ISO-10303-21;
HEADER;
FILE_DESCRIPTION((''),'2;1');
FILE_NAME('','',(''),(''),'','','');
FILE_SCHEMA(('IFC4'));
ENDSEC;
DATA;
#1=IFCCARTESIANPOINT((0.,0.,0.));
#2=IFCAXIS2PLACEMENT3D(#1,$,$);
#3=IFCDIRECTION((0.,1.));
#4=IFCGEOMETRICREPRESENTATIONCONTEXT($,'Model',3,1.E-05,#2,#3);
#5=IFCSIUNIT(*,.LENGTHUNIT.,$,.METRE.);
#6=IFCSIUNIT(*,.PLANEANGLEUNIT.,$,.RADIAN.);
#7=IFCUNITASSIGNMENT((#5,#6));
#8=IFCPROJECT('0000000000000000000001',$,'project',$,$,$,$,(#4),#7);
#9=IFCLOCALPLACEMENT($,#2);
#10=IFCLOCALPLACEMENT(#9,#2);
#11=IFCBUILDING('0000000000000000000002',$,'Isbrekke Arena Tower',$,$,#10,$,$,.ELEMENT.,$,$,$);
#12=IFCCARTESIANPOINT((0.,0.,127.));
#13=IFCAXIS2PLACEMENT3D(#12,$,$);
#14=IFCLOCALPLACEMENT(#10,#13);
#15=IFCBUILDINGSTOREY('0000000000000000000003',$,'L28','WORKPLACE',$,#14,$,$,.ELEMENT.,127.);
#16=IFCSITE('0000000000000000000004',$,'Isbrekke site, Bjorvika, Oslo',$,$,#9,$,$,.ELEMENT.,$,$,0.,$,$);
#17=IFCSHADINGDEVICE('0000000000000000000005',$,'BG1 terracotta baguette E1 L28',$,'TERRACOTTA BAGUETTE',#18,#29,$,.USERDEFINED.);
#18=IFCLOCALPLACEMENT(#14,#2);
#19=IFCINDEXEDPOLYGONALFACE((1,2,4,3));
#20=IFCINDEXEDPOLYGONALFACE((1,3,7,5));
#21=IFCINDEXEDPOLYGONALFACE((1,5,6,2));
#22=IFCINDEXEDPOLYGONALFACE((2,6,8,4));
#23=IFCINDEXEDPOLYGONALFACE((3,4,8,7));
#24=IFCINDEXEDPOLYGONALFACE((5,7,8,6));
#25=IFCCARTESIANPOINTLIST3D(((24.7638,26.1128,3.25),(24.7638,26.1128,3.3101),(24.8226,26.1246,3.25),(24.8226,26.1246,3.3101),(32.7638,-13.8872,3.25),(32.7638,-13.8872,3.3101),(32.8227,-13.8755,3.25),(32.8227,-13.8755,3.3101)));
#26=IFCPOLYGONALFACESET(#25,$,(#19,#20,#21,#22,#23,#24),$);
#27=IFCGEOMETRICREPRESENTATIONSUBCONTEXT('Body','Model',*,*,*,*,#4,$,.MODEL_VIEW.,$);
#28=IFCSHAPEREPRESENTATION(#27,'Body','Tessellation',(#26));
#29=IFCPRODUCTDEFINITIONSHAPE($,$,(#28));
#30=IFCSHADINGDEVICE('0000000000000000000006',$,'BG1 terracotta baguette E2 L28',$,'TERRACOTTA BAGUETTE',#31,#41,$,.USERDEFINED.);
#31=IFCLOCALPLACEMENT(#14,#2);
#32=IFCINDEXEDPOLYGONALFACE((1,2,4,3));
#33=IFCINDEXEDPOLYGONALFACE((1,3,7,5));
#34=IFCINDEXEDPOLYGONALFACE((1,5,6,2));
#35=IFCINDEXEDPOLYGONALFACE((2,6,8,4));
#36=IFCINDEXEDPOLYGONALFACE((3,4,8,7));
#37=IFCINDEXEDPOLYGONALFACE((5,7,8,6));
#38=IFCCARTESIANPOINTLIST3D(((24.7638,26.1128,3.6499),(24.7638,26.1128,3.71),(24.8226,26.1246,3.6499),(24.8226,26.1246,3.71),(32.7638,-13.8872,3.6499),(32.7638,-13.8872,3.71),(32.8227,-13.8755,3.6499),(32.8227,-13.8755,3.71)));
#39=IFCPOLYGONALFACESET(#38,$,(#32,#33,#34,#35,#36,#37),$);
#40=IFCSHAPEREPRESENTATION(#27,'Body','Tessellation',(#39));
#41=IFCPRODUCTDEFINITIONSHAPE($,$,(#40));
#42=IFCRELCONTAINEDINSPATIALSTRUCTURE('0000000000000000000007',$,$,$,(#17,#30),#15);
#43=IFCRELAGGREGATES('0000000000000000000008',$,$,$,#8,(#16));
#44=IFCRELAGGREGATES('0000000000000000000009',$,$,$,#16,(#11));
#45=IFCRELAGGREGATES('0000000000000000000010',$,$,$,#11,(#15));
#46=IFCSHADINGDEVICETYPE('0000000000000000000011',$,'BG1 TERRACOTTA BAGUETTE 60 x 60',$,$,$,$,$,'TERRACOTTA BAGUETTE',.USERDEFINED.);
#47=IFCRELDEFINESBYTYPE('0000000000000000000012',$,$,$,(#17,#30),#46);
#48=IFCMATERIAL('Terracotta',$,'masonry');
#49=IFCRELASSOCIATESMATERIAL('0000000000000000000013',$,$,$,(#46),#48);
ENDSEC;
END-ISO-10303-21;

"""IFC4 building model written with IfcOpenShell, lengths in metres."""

from ifc_helpers import new_model, si_unit, direction, frame, origin, origin_2d, place, context, subcontext, project, spatial, rectangle, extrude, material, material_profile, profile_set, type_object, element, save


model = new_model("IFC4")

# Units and contexts
model_context = context("Model", 3, precision=1e-05, world=origin(), true_north=direction((0.0, 1.0)))
body_context = subcontext(model_context, "Body", "Model", "MODEL_VIEW")
ifc_project = project(units=[si_unit("LENGTHUNIT", "METRE"), si_unit("PLANEANGLEUNIT", "RADIAN")], contexts=[model_context])

# Site, building, storey
site_placement = place(None, origin())
site = spatial("IfcSite", under=ifc_project, at=site_placement, Name="Isbrekke site, Bjorvika, Oslo", CompositionType="ELEMENT", RefElevation=0.0)
building_placement = place(site_placement, origin())
building = spatial("IfcBuilding", under=site, at=building_placement, Name="Isbrekke Arena Tower", CompositionType="ELEMENT")
storey_placement = place(building_placement, frame((0.0, 0.0, 127.0)))
storey = spatial("IfcBuildingStorey", under=building, at=storey_placement, Name="L28", Description="WORKPLACE", CompositionType="ELEMENT", Elevation=127.0)

# Shading devices
ifc_material_1 = material(Name="Terracotta", Category="masonry")
ifc_material_profile_1 = material_profile(ifc_material_1, rectangle(XDim=0.0601, YDim=0.0601, at=origin_2d()), Name="BAGUETTE 60X60")
ifc_profile_set_1 = profile_set([ifc_material_profile_1], Name="Terracotta")
shading_device_type = type_object("IfcShadingDeviceType", Name="BG1 TERRACOTTA BAGUETTE 60 x 60", ElementType="TERRACOTTA BAGUETTE", PredefinedType="USERDEFINED", material=ifc_profile_set_1)
for number, where, z_axis, x_axis, name in (
    (1, (32.7932, -13.8813, 3.28), (-0.196116, 0.980581, 0.0), (-0.980581, -0.196116, 0.0), "BG1 terracotta baguette E1 L28"),
    (2, (32.7932, -13.8813, 3.6799), (-0.196116, 0.980581, 0.0), (-0.980581, -0.196116, 0.0), "BG1 terracotta baguette E2 L28"),
):
    element("IfcShadingDevice", number, at=place(storey_placement, frame(where, z_axis=z_axis, x_axis=x_axis)), inside=storey, type_object=shading_device_type, Name=name, ObjectType="TERRACOTTA BAGUETTE", PredefinedType="USERDEFINED", context=body_context, shape_type="SweptSolid", body=[
        extrude(rectangle(XDim=0.0601, YDim=0.0601, at=origin_2d()), origin(), (0.0, 0.0, 1.0), 40.7922),
    ])

save(model, "model.ifc")
